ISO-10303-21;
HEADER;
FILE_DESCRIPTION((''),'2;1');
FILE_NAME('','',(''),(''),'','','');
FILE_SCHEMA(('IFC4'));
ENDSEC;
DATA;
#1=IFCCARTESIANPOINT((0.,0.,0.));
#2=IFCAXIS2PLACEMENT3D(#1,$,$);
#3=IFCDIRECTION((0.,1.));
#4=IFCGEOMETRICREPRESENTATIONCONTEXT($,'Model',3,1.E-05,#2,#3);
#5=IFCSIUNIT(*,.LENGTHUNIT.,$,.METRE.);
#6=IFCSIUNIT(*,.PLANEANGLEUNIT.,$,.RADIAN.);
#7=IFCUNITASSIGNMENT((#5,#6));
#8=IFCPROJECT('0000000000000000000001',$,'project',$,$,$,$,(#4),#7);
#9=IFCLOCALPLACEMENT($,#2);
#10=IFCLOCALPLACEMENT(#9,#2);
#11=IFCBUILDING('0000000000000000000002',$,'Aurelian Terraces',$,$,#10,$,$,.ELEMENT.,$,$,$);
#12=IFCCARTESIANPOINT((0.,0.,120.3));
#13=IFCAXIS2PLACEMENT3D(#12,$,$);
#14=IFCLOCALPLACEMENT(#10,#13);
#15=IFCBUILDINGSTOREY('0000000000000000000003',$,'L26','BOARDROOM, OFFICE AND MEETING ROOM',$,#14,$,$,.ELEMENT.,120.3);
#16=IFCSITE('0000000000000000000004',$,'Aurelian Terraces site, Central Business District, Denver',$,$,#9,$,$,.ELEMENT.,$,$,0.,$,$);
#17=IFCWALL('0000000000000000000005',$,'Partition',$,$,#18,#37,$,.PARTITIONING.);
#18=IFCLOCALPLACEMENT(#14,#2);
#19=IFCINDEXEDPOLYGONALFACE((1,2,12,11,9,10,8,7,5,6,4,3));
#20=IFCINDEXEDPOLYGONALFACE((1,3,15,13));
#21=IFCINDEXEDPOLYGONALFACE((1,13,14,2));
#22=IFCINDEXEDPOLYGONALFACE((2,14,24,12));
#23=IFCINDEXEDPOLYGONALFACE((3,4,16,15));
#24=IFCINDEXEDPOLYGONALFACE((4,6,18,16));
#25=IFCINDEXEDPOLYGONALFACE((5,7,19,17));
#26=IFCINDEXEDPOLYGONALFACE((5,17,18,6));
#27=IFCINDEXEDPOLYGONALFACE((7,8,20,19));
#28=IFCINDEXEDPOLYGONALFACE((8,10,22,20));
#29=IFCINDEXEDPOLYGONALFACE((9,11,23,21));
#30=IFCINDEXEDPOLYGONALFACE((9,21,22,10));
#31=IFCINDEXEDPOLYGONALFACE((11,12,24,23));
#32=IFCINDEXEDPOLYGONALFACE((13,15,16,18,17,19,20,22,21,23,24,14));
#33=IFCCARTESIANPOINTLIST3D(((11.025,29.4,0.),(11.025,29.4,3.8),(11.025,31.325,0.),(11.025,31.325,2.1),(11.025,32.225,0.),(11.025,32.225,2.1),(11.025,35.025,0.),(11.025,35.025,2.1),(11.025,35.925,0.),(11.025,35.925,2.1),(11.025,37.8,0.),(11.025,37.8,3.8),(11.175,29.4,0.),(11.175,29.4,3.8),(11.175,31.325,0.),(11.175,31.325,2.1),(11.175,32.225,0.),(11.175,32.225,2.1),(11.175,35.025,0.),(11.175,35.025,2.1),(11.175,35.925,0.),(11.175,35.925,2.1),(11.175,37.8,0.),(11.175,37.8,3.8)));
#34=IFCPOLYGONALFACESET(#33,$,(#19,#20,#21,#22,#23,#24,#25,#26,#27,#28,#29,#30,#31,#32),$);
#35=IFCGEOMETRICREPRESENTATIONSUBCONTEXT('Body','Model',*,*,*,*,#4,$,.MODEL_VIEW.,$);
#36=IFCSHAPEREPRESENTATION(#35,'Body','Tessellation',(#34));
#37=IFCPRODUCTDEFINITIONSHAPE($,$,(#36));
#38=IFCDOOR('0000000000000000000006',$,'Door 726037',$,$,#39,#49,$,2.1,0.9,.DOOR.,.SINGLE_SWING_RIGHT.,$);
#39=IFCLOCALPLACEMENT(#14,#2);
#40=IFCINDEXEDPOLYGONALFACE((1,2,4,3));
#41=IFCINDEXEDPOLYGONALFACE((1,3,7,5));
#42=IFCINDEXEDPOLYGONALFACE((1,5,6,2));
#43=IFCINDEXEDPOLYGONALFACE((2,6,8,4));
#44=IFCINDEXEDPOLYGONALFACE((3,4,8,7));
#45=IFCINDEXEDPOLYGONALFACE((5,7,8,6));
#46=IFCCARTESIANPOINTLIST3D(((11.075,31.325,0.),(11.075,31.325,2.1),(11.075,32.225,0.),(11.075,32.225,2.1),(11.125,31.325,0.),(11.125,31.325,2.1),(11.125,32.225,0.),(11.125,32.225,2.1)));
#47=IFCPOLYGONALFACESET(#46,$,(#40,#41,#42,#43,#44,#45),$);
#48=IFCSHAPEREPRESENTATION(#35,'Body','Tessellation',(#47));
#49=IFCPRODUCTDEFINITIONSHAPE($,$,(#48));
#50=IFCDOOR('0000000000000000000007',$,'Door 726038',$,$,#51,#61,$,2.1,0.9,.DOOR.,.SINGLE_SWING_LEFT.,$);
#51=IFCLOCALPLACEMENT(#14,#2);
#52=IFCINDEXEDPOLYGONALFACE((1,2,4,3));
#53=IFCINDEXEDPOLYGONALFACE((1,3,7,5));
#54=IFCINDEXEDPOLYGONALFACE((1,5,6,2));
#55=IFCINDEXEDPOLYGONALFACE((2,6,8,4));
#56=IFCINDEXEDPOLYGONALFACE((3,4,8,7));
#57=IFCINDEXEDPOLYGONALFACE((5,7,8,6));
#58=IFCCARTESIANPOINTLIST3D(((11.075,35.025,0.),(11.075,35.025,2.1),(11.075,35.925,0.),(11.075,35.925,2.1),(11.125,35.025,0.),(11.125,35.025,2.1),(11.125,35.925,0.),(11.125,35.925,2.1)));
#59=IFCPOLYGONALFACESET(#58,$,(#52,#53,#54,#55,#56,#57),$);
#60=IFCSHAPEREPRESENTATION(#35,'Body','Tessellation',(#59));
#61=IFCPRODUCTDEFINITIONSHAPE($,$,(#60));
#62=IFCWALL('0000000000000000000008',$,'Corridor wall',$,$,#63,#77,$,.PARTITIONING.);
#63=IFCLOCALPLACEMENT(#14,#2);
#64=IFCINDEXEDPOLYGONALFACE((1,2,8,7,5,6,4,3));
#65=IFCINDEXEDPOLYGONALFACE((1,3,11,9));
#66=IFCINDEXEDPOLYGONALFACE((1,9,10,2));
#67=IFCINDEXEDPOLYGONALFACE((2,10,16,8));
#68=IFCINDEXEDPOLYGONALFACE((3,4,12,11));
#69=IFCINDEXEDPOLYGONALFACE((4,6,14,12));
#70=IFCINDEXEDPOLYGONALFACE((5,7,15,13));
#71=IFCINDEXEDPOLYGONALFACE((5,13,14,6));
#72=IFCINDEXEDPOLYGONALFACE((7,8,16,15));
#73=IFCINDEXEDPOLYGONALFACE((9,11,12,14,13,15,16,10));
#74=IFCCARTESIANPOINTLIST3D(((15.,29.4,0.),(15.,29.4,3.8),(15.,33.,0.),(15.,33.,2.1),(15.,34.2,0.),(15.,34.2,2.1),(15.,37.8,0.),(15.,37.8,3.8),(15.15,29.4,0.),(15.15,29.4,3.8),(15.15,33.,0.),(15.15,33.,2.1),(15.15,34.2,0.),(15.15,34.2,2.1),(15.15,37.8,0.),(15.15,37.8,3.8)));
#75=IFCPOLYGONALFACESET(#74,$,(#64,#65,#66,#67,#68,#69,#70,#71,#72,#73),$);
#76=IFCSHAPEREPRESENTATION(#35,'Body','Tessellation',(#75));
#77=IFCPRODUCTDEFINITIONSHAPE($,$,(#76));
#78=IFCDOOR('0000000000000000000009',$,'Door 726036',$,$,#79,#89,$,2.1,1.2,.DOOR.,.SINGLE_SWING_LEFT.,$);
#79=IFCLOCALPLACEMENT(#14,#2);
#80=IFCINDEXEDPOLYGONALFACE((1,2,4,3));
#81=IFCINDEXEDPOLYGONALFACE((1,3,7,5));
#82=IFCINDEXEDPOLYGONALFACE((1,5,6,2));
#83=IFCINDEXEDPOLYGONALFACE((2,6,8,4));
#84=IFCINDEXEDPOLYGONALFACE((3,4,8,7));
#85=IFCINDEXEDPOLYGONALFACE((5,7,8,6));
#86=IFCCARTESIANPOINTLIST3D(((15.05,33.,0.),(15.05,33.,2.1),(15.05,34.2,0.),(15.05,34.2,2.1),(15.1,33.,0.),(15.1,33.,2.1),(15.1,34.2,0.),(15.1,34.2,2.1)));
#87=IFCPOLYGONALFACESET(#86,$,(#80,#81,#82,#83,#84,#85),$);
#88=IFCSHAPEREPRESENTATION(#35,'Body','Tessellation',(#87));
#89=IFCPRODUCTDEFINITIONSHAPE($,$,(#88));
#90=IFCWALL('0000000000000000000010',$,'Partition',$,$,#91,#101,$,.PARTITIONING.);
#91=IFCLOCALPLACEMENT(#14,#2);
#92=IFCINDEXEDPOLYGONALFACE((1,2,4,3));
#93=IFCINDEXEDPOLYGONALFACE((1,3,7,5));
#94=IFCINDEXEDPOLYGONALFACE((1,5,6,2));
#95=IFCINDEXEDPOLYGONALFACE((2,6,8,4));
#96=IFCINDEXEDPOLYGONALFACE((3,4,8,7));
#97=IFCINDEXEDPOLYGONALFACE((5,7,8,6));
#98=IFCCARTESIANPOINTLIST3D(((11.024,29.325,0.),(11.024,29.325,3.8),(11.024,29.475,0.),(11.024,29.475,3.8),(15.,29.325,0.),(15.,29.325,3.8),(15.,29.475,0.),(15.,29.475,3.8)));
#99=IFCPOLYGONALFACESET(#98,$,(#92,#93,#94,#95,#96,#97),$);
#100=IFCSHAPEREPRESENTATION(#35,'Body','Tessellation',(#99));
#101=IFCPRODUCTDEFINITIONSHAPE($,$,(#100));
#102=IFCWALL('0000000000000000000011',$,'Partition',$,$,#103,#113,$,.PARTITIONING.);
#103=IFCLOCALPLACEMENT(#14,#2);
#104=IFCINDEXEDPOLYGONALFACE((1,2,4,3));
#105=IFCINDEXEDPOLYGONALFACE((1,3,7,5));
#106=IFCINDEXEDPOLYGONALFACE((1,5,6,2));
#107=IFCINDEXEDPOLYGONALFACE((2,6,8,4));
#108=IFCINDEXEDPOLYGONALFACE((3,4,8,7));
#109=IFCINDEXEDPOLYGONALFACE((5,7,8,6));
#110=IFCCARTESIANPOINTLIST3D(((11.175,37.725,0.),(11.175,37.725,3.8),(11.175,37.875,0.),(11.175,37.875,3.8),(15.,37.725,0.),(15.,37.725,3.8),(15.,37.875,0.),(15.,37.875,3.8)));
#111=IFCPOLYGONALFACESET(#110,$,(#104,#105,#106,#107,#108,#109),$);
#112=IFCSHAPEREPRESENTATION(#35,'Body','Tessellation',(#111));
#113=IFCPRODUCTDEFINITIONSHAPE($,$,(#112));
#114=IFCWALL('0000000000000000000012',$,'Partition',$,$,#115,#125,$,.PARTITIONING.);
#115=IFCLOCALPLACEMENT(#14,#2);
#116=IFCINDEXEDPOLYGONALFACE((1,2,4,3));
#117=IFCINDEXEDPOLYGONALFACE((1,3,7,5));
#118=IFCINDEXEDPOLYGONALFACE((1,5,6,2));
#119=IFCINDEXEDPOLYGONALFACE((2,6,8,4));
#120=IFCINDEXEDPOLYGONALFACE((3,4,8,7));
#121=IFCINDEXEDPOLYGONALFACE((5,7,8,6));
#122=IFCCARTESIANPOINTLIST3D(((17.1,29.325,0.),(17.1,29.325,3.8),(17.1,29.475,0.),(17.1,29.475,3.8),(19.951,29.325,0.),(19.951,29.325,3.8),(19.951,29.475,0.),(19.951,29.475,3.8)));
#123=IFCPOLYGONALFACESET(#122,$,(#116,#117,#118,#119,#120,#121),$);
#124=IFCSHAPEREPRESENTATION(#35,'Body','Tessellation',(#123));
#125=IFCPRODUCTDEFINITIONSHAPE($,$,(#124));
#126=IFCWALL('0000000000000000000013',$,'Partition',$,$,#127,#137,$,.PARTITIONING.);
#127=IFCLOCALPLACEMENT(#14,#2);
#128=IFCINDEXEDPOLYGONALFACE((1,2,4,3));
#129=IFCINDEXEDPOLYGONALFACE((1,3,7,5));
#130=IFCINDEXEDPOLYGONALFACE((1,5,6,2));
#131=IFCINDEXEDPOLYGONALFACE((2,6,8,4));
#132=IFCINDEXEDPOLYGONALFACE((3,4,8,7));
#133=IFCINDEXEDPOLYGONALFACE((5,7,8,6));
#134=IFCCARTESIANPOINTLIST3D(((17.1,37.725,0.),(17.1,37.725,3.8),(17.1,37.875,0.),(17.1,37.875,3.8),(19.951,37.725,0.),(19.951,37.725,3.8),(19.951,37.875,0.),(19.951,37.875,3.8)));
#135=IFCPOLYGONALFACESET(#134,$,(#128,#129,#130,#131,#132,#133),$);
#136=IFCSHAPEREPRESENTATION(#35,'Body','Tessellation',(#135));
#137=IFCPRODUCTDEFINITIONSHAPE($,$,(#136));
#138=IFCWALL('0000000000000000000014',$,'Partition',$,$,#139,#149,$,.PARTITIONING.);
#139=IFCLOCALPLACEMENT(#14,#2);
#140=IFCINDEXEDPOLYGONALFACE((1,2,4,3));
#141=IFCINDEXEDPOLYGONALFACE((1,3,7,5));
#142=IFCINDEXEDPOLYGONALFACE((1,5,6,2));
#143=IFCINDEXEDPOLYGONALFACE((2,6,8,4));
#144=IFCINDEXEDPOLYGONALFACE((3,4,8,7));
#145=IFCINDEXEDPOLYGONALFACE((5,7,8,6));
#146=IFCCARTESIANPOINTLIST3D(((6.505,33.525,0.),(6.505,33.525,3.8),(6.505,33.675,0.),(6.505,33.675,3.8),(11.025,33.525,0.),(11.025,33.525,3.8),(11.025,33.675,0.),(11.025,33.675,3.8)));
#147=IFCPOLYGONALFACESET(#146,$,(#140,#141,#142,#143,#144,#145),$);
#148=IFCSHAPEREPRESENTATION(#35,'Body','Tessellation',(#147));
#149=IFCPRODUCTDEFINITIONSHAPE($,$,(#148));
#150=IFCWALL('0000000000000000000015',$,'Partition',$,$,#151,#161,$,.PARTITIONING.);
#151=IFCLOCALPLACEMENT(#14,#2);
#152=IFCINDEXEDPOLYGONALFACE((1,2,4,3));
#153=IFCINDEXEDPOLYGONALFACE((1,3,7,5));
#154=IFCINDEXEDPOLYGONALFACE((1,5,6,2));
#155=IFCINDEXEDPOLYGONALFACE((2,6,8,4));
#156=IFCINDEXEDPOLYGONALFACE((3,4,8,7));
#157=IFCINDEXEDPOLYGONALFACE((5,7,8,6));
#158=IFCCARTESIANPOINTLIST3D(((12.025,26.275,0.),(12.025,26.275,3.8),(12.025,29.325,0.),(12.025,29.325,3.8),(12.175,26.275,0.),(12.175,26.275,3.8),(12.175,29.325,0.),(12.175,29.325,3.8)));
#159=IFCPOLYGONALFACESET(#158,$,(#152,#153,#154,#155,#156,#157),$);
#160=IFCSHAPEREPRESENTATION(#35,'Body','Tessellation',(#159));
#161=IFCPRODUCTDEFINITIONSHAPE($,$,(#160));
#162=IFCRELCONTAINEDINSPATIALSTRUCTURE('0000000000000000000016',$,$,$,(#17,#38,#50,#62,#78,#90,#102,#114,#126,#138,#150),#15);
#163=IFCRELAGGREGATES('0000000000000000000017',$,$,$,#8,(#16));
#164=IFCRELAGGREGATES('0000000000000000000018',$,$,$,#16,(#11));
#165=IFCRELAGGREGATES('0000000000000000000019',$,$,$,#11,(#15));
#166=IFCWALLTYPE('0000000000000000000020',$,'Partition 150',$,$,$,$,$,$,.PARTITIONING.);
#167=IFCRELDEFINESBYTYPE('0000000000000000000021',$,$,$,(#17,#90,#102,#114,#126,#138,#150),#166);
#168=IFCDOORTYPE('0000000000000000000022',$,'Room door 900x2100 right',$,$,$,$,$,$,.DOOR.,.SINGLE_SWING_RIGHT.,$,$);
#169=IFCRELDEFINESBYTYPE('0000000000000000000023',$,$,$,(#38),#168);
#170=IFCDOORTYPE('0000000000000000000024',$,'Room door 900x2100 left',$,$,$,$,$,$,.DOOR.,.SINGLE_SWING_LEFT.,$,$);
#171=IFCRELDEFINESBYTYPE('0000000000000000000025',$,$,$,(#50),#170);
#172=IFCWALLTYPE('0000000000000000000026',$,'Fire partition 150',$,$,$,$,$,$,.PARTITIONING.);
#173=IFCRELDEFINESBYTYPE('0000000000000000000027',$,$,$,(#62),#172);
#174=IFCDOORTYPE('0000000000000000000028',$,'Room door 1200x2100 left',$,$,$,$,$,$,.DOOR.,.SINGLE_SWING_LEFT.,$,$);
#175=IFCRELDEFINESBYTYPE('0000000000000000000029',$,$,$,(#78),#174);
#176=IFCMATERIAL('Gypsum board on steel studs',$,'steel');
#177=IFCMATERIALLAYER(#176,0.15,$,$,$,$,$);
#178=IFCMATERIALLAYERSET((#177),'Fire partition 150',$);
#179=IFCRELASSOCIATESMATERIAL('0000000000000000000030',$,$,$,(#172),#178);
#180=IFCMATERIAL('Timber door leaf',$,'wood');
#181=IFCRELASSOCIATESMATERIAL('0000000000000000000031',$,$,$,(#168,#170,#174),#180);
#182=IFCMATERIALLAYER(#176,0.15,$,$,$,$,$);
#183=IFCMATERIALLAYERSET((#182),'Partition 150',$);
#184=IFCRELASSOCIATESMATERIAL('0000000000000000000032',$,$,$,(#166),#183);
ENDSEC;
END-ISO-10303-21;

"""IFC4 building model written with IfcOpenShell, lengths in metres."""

from ifc_helpers import new_model, si_unit, direction, frame, frame_2d, origin, place, context, subcontext, project, spatial, rectangle, extrude, source, transform, mapped, material, layer, layer_set, type_object, element, fill, save


model = new_model("IFC4")

# Units and contexts
model_context = context("Model", 3, precision=1e-05, world=origin(), true_north=direction((0.0, 1.0)))
body_context = subcontext(model_context, "Body", "Model", "MODEL_VIEW")
ifc_project = project(units=[si_unit("LENGTHUNIT", "METRE"), si_unit("PLANEANGLEUNIT", "RADIAN")], contexts=[model_context])

# Site, building, storey
site_placement = place(None, origin())
site = spatial("IfcSite", under=ifc_project, at=site_placement, Name="Aurelian Terraces site, Central Business District, Denver", CompositionType="ELEMENT", RefElevation=0.0)
building_placement = place(site_placement, origin())
building = spatial("IfcBuilding", under=site, at=building_placement, Name="Aurelian Terraces", CompositionType="ELEMENT")
storey_placement = place(building_placement, frame((0.0, 0.0, 120.3)))
storey = spatial("IfcBuildingStorey", under=building, at=storey_placement, Name="L26", Description="BOARDROOM, OFFICE AND MEETING ROOM", CompositionType="ELEMENT", Elevation=120.3)

# Shared definitions
ifc_material_1 = material(Name="Gypsum board on steel studs", Category="steel")
ifc_layer_1 = layer(ifc_material_1, 0.15)
ifc_layer_set_1 = layer_set([ifc_layer_1], Name="Fire partition 150")
wall_type_1 = type_object("IfcWallType", Name="Fire partition 150", PredefinedType="PARTITIONING", material=ifc_layer_set_1)
shared_shape_1 = source(origin(), body_context, "Body", "SweptSolid", [
    extrude(rectangle(XDim=0.9, YDim=2.1, at=frame_2d((0.45, 1.05))), frame((0.0, 0.085, 0.0), z_axis=(0.0, -1.0, 0.0), x_axis=(1.0, 0.0, 0.0)), (0.0, 0.0, 1.0), 0.17),
])
ifc_material_2 = material(Name="Timber door leaf", Category="wood")
door_type_1 = type_object("IfcDoorType", Name="Room door 900x2100 right", OperationType="SINGLE_SWING_RIGHT", PredefinedType="DOOR", material=ifc_material_2)
shared_shape_2 = source(origin(), body_context, "Body", "SweptSolid", [
    extrude(rectangle(XDim=0.9, YDim=2.1, at=frame_2d((0.45, 1.05))), frame((0.0, 0.025, 0.0), z_axis=(0.0, -1.0, 0.0), x_axis=(1.0, 0.0, 0.0)), (0.0, 0.0, 1.0), 0.05),
])
ifc_layer_2 = layer(ifc_material_1, 0.15)
ifc_layer_set_2 = layer_set([ifc_layer_2], Name="Partition 150")
wall_type_2 = type_object("IfcWallType", Name="Partition 150", PredefinedType="PARTITIONING", material=ifc_layer_set_2)
door_type_2 = type_object("IfcDoorType", Name="Room door 900x2100 left", OperationType="SINGLE_SWING_LEFT", PredefinedType="DOOR", material=ifc_material_2)

# Wall, openings, doors
shared_shape_3 = source(origin(), body_context, "Body", "SweptSolid", [
    extrude(rectangle(XDim=8.4, YDim=0.15, at=frame_2d((4.2, 0.0))), origin(), (0.0, 0.0, 1.0), 3.8),
])
wall_1_placement = place(storey_placement, frame((11.1, 29.4, 0.0), z_axis=(0.0, 0.0, 1.0), x_axis=(0.0, 1.0, 0.0)))
wall_1 = element("IfcWall", 1, at=wall_1_placement, inside=storey, type_object=wall_type_2, Name="Partition", PredefinedType="PARTITIONING", context=body_context, shape_type="MappedRepresentation", body=[
    mapped(shared_shape_3, transform((0.0, 0.0, 0.0), scale=1.0)),
])
opening_1_placement = place(wall_1_placement, frame((1.925, 0.0, 0.0)))
opening_1 = element("IfcOpeningElement", 2, at=opening_1_placement, cuts=wall_1, PredefinedType="OPENING", context=body_context, shape_type="MappedRepresentation", body=[
    mapped(shared_shape_1, transform((0.0, 0.0, 0.0), scale=1.0)),
])
opening_2_placement = place(wall_1_placement, frame((5.625, 0.0, 0.0)))
opening_2 = element("IfcOpeningElement", 3, at=opening_2_placement, cuts=wall_1, PredefinedType="OPENING", context=body_context, shape_type="MappedRepresentation", body=[
    mapped(shared_shape_1, transform((0.0, 0.0, 0.0), scale=1.0)),
])
door_1_placement = place(opening_1_placement, origin())
door_1 = element("IfcDoor", 4, at=door_1_placement, inside=storey, type_object=door_type_1, Name="Door 726037", OperationType="SINGLE_SWING_RIGHT", OverallHeight=2.1, OverallWidth=0.9, PredefinedType="DOOR", context=body_context, shape_type="MappedRepresentation", body=[
    mapped(shared_shape_2, transform((0.0, 0.0, 0.0), scale=1.0)),
])
fill(opening_1, door_1)
door_2_placement = place(opening_2_placement, origin())
door_2 = element("IfcDoor", 5, at=door_2_placement, inside=storey, type_object=door_type_2, Name="Door 726038", OperationType="SINGLE_SWING_LEFT", OverallHeight=2.1, OverallWidth=0.9, PredefinedType="DOOR", context=body_context, shape_type="MappedRepresentation", body=[
    mapped(shared_shape_2, transform((0.0, 0.0, 0.0), scale=1.0)),
])
fill(opening_2, door_2)

# Wall, opening, door
wall_2_placement = place(storey_placement, frame((15.075, 29.4, 0.0), z_axis=(0.0, 0.0, 1.0), x_axis=(0.0, 1.0, 0.0)))
wall_2 = element("IfcWall", 6, at=wall_2_placement, inside=storey, type_object=wall_type_1, Name="Corridor wall", PredefinedType="PARTITIONING", context=body_context, shape_type="MappedRepresentation", body=[
    mapped(shared_shape_3, transform((0.0, 0.0, 0.0), scale=1.0)),
])
shared_shape_4 = source(origin(), body_context, "Body", "SweptSolid", [
    extrude(rectangle(XDim=1.2, YDim=2.1, at=frame_2d((0.6, 1.05))), frame((0.0, 0.085, 0.0), z_axis=(0.0, -1.0, 0.0), x_axis=(1.0, 0.0, 0.0)), (0.0, 0.0, 1.0), 0.17),
])
opening_3_placement = place(wall_2_placement, frame((3.6, 0.0, 0.0)))
opening_3 = element("IfcOpeningElement", 7, at=opening_3_placement, cuts=wall_2, PredefinedType="OPENING", context=body_context, shape_type="MappedRepresentation", body=[
    mapped(shared_shape_4, transform((0.0, 0.0, 0.0), scale=1.0)),
])
door_type_3 = type_object("IfcDoorType", Name="Room door 1200x2100 left", OperationType="SINGLE_SWING_LEFT", PredefinedType="DOOR", material=ifc_material_2)
shared_shape_5 = source(origin(), body_context, "Body", "SweptSolid", [
    extrude(rectangle(XDim=1.2, YDim=2.1, at=frame_2d((0.6, 1.05))), frame((0.0, 0.025, 0.0), z_axis=(0.0, -1.0, 0.0), x_axis=(1.0, 0.0, 0.0)), (0.0, 0.0, 1.0), 0.05),
])
door_3_placement = place(opening_3_placement, origin())
door_3 = element("IfcDoor", 8, at=door_3_placement, inside=storey, type_object=door_type_3, Name="Door 726036", OperationType="SINGLE_SWING_LEFT", OverallHeight=2.1, OverallWidth=1.2, PredefinedType="DOOR", context=body_context, shape_type="MappedRepresentation", body=[
    mapped(shared_shape_5, transform((0.0, 0.0, 0.0), scale=1.0)),
])
fill(opening_3, door_3)

# Walls
shared_shape_6 = source(origin(), body_context, "Body", "SweptSolid", [
    extrude(rectangle(XDim=3.976, YDim=0.15, at=frame_2d((1.988, 0.0))), origin(), (0.0, 0.0, 1.0), 3.8),
])
wall_3_placement = place(storey_placement, frame((15.0, 29.4, 0.0), z_axis=(0.0, 0.0, 1.0), x_axis=(-1.0, 0.0, 0.0)))
element("IfcWall", 9, at=wall_3_placement, inside=storey, type_object=wall_type_2, Name="Partition", PredefinedType="PARTITIONING", context=body_context, shape_type="MappedRepresentation", body=[
    mapped(shared_shape_6, transform((0.0, 0.0, 0.0), scale=1.0)),
])
shared_shape_7 = source(origin(), body_context, "Body", "SweptSolid", [
    extrude(rectangle(XDim=3.825, YDim=0.15, at=frame_2d((1.9125, 0.0))), origin(), (0.0, 0.0, 1.0), 3.8),
])
wall_4_placement = place(storey_placement, frame((15.0, 37.8, 0.0), z_axis=(0.0, 0.0, 1.0), x_axis=(-1.0, 0.0, 0.0)))
element("IfcWall", 10, at=wall_4_placement, inside=storey, type_object=wall_type_2, Name="Partition", PredefinedType="PARTITIONING", context=body_context, shape_type="MappedRepresentation", body=[
    mapped(shared_shape_7, transform((0.0, 0.0, 0.0), scale=1.0)),
])
shared_shape_8 = source(origin(), body_context, "Body", "SweptSolid", [
    extrude(rectangle(XDim=2.851, YDim=0.15, at=frame_2d((1.4255, 0.0))), origin(), (0.0, 0.0, 1.0), 3.8),
])
for number, where, z_axis, x_axis, name in (
    (11, (19.951, 29.4, 0.0), (0.0, 0.0, 1.0), (-1.0, 0.0, 0.0), "Partition"),
    (12, (19.951, 37.8, 0.0), (0.0, 0.0, 1.0), (-1.0, 0.0, 0.0), "Partition"),
):
    element("IfcWall", number, at=place(storey_placement, frame(where, z_axis=z_axis, x_axis=x_axis)), inside=storey, type_object=wall_type_2, Name=name, PredefinedType="PARTITIONING", context=body_context, shape_type="MappedRepresentation", body=[
        mapped(shared_shape_8, transform((0.0, 0.0, 0.0), scale=1.0)),
    ])
shared_shape_9 = source(origin(), body_context, "Body", "SweptSolid", [
    extrude(rectangle(XDim=4.52, YDim=0.15, at=frame_2d((2.26, 0.0))), origin(), (0.0, 0.0, 1.0), 3.8),
])
wall_5_placement = place(storey_placement, frame((11.025, 33.6, 0.0), z_axis=(0.0, 0.0, 1.0), x_axis=(-1.0, 0.0, 0.0)))
element("IfcWall", 13, at=wall_5_placement, inside=storey, type_object=wall_type_2, Name="Partition", PredefinedType="PARTITIONING", context=body_context, shape_type="MappedRepresentation", body=[
    mapped(shared_shape_9, transform((0.0, 0.0, 0.0), scale=1.0)),
])
shared_shape_10 = source(origin(), body_context, "Body", "SweptSolid", [
    extrude(rectangle(XDim=3.05, YDim=0.15, at=frame_2d((1.525, 0.0))), origin(), (0.0, 0.0, 1.0), 3.8),
])
wall_6_placement = place(storey_placement, frame((12.1, 26.275, 0.0), z_axis=(0.0, 0.0, 1.0), x_axis=(0.0, 1.0, 0.0)))
element("IfcWall", 14, at=wall_6_placement, inside=storey, type_object=wall_type_2, Name="Partition", PredefinedType="PARTITIONING", context=body_context, shape_type="MappedRepresentation", body=[
    mapped(shared_shape_10, transform((0.0, 0.0, 0.0), scale=1.0)),
])

save(model, "model.ifc")
